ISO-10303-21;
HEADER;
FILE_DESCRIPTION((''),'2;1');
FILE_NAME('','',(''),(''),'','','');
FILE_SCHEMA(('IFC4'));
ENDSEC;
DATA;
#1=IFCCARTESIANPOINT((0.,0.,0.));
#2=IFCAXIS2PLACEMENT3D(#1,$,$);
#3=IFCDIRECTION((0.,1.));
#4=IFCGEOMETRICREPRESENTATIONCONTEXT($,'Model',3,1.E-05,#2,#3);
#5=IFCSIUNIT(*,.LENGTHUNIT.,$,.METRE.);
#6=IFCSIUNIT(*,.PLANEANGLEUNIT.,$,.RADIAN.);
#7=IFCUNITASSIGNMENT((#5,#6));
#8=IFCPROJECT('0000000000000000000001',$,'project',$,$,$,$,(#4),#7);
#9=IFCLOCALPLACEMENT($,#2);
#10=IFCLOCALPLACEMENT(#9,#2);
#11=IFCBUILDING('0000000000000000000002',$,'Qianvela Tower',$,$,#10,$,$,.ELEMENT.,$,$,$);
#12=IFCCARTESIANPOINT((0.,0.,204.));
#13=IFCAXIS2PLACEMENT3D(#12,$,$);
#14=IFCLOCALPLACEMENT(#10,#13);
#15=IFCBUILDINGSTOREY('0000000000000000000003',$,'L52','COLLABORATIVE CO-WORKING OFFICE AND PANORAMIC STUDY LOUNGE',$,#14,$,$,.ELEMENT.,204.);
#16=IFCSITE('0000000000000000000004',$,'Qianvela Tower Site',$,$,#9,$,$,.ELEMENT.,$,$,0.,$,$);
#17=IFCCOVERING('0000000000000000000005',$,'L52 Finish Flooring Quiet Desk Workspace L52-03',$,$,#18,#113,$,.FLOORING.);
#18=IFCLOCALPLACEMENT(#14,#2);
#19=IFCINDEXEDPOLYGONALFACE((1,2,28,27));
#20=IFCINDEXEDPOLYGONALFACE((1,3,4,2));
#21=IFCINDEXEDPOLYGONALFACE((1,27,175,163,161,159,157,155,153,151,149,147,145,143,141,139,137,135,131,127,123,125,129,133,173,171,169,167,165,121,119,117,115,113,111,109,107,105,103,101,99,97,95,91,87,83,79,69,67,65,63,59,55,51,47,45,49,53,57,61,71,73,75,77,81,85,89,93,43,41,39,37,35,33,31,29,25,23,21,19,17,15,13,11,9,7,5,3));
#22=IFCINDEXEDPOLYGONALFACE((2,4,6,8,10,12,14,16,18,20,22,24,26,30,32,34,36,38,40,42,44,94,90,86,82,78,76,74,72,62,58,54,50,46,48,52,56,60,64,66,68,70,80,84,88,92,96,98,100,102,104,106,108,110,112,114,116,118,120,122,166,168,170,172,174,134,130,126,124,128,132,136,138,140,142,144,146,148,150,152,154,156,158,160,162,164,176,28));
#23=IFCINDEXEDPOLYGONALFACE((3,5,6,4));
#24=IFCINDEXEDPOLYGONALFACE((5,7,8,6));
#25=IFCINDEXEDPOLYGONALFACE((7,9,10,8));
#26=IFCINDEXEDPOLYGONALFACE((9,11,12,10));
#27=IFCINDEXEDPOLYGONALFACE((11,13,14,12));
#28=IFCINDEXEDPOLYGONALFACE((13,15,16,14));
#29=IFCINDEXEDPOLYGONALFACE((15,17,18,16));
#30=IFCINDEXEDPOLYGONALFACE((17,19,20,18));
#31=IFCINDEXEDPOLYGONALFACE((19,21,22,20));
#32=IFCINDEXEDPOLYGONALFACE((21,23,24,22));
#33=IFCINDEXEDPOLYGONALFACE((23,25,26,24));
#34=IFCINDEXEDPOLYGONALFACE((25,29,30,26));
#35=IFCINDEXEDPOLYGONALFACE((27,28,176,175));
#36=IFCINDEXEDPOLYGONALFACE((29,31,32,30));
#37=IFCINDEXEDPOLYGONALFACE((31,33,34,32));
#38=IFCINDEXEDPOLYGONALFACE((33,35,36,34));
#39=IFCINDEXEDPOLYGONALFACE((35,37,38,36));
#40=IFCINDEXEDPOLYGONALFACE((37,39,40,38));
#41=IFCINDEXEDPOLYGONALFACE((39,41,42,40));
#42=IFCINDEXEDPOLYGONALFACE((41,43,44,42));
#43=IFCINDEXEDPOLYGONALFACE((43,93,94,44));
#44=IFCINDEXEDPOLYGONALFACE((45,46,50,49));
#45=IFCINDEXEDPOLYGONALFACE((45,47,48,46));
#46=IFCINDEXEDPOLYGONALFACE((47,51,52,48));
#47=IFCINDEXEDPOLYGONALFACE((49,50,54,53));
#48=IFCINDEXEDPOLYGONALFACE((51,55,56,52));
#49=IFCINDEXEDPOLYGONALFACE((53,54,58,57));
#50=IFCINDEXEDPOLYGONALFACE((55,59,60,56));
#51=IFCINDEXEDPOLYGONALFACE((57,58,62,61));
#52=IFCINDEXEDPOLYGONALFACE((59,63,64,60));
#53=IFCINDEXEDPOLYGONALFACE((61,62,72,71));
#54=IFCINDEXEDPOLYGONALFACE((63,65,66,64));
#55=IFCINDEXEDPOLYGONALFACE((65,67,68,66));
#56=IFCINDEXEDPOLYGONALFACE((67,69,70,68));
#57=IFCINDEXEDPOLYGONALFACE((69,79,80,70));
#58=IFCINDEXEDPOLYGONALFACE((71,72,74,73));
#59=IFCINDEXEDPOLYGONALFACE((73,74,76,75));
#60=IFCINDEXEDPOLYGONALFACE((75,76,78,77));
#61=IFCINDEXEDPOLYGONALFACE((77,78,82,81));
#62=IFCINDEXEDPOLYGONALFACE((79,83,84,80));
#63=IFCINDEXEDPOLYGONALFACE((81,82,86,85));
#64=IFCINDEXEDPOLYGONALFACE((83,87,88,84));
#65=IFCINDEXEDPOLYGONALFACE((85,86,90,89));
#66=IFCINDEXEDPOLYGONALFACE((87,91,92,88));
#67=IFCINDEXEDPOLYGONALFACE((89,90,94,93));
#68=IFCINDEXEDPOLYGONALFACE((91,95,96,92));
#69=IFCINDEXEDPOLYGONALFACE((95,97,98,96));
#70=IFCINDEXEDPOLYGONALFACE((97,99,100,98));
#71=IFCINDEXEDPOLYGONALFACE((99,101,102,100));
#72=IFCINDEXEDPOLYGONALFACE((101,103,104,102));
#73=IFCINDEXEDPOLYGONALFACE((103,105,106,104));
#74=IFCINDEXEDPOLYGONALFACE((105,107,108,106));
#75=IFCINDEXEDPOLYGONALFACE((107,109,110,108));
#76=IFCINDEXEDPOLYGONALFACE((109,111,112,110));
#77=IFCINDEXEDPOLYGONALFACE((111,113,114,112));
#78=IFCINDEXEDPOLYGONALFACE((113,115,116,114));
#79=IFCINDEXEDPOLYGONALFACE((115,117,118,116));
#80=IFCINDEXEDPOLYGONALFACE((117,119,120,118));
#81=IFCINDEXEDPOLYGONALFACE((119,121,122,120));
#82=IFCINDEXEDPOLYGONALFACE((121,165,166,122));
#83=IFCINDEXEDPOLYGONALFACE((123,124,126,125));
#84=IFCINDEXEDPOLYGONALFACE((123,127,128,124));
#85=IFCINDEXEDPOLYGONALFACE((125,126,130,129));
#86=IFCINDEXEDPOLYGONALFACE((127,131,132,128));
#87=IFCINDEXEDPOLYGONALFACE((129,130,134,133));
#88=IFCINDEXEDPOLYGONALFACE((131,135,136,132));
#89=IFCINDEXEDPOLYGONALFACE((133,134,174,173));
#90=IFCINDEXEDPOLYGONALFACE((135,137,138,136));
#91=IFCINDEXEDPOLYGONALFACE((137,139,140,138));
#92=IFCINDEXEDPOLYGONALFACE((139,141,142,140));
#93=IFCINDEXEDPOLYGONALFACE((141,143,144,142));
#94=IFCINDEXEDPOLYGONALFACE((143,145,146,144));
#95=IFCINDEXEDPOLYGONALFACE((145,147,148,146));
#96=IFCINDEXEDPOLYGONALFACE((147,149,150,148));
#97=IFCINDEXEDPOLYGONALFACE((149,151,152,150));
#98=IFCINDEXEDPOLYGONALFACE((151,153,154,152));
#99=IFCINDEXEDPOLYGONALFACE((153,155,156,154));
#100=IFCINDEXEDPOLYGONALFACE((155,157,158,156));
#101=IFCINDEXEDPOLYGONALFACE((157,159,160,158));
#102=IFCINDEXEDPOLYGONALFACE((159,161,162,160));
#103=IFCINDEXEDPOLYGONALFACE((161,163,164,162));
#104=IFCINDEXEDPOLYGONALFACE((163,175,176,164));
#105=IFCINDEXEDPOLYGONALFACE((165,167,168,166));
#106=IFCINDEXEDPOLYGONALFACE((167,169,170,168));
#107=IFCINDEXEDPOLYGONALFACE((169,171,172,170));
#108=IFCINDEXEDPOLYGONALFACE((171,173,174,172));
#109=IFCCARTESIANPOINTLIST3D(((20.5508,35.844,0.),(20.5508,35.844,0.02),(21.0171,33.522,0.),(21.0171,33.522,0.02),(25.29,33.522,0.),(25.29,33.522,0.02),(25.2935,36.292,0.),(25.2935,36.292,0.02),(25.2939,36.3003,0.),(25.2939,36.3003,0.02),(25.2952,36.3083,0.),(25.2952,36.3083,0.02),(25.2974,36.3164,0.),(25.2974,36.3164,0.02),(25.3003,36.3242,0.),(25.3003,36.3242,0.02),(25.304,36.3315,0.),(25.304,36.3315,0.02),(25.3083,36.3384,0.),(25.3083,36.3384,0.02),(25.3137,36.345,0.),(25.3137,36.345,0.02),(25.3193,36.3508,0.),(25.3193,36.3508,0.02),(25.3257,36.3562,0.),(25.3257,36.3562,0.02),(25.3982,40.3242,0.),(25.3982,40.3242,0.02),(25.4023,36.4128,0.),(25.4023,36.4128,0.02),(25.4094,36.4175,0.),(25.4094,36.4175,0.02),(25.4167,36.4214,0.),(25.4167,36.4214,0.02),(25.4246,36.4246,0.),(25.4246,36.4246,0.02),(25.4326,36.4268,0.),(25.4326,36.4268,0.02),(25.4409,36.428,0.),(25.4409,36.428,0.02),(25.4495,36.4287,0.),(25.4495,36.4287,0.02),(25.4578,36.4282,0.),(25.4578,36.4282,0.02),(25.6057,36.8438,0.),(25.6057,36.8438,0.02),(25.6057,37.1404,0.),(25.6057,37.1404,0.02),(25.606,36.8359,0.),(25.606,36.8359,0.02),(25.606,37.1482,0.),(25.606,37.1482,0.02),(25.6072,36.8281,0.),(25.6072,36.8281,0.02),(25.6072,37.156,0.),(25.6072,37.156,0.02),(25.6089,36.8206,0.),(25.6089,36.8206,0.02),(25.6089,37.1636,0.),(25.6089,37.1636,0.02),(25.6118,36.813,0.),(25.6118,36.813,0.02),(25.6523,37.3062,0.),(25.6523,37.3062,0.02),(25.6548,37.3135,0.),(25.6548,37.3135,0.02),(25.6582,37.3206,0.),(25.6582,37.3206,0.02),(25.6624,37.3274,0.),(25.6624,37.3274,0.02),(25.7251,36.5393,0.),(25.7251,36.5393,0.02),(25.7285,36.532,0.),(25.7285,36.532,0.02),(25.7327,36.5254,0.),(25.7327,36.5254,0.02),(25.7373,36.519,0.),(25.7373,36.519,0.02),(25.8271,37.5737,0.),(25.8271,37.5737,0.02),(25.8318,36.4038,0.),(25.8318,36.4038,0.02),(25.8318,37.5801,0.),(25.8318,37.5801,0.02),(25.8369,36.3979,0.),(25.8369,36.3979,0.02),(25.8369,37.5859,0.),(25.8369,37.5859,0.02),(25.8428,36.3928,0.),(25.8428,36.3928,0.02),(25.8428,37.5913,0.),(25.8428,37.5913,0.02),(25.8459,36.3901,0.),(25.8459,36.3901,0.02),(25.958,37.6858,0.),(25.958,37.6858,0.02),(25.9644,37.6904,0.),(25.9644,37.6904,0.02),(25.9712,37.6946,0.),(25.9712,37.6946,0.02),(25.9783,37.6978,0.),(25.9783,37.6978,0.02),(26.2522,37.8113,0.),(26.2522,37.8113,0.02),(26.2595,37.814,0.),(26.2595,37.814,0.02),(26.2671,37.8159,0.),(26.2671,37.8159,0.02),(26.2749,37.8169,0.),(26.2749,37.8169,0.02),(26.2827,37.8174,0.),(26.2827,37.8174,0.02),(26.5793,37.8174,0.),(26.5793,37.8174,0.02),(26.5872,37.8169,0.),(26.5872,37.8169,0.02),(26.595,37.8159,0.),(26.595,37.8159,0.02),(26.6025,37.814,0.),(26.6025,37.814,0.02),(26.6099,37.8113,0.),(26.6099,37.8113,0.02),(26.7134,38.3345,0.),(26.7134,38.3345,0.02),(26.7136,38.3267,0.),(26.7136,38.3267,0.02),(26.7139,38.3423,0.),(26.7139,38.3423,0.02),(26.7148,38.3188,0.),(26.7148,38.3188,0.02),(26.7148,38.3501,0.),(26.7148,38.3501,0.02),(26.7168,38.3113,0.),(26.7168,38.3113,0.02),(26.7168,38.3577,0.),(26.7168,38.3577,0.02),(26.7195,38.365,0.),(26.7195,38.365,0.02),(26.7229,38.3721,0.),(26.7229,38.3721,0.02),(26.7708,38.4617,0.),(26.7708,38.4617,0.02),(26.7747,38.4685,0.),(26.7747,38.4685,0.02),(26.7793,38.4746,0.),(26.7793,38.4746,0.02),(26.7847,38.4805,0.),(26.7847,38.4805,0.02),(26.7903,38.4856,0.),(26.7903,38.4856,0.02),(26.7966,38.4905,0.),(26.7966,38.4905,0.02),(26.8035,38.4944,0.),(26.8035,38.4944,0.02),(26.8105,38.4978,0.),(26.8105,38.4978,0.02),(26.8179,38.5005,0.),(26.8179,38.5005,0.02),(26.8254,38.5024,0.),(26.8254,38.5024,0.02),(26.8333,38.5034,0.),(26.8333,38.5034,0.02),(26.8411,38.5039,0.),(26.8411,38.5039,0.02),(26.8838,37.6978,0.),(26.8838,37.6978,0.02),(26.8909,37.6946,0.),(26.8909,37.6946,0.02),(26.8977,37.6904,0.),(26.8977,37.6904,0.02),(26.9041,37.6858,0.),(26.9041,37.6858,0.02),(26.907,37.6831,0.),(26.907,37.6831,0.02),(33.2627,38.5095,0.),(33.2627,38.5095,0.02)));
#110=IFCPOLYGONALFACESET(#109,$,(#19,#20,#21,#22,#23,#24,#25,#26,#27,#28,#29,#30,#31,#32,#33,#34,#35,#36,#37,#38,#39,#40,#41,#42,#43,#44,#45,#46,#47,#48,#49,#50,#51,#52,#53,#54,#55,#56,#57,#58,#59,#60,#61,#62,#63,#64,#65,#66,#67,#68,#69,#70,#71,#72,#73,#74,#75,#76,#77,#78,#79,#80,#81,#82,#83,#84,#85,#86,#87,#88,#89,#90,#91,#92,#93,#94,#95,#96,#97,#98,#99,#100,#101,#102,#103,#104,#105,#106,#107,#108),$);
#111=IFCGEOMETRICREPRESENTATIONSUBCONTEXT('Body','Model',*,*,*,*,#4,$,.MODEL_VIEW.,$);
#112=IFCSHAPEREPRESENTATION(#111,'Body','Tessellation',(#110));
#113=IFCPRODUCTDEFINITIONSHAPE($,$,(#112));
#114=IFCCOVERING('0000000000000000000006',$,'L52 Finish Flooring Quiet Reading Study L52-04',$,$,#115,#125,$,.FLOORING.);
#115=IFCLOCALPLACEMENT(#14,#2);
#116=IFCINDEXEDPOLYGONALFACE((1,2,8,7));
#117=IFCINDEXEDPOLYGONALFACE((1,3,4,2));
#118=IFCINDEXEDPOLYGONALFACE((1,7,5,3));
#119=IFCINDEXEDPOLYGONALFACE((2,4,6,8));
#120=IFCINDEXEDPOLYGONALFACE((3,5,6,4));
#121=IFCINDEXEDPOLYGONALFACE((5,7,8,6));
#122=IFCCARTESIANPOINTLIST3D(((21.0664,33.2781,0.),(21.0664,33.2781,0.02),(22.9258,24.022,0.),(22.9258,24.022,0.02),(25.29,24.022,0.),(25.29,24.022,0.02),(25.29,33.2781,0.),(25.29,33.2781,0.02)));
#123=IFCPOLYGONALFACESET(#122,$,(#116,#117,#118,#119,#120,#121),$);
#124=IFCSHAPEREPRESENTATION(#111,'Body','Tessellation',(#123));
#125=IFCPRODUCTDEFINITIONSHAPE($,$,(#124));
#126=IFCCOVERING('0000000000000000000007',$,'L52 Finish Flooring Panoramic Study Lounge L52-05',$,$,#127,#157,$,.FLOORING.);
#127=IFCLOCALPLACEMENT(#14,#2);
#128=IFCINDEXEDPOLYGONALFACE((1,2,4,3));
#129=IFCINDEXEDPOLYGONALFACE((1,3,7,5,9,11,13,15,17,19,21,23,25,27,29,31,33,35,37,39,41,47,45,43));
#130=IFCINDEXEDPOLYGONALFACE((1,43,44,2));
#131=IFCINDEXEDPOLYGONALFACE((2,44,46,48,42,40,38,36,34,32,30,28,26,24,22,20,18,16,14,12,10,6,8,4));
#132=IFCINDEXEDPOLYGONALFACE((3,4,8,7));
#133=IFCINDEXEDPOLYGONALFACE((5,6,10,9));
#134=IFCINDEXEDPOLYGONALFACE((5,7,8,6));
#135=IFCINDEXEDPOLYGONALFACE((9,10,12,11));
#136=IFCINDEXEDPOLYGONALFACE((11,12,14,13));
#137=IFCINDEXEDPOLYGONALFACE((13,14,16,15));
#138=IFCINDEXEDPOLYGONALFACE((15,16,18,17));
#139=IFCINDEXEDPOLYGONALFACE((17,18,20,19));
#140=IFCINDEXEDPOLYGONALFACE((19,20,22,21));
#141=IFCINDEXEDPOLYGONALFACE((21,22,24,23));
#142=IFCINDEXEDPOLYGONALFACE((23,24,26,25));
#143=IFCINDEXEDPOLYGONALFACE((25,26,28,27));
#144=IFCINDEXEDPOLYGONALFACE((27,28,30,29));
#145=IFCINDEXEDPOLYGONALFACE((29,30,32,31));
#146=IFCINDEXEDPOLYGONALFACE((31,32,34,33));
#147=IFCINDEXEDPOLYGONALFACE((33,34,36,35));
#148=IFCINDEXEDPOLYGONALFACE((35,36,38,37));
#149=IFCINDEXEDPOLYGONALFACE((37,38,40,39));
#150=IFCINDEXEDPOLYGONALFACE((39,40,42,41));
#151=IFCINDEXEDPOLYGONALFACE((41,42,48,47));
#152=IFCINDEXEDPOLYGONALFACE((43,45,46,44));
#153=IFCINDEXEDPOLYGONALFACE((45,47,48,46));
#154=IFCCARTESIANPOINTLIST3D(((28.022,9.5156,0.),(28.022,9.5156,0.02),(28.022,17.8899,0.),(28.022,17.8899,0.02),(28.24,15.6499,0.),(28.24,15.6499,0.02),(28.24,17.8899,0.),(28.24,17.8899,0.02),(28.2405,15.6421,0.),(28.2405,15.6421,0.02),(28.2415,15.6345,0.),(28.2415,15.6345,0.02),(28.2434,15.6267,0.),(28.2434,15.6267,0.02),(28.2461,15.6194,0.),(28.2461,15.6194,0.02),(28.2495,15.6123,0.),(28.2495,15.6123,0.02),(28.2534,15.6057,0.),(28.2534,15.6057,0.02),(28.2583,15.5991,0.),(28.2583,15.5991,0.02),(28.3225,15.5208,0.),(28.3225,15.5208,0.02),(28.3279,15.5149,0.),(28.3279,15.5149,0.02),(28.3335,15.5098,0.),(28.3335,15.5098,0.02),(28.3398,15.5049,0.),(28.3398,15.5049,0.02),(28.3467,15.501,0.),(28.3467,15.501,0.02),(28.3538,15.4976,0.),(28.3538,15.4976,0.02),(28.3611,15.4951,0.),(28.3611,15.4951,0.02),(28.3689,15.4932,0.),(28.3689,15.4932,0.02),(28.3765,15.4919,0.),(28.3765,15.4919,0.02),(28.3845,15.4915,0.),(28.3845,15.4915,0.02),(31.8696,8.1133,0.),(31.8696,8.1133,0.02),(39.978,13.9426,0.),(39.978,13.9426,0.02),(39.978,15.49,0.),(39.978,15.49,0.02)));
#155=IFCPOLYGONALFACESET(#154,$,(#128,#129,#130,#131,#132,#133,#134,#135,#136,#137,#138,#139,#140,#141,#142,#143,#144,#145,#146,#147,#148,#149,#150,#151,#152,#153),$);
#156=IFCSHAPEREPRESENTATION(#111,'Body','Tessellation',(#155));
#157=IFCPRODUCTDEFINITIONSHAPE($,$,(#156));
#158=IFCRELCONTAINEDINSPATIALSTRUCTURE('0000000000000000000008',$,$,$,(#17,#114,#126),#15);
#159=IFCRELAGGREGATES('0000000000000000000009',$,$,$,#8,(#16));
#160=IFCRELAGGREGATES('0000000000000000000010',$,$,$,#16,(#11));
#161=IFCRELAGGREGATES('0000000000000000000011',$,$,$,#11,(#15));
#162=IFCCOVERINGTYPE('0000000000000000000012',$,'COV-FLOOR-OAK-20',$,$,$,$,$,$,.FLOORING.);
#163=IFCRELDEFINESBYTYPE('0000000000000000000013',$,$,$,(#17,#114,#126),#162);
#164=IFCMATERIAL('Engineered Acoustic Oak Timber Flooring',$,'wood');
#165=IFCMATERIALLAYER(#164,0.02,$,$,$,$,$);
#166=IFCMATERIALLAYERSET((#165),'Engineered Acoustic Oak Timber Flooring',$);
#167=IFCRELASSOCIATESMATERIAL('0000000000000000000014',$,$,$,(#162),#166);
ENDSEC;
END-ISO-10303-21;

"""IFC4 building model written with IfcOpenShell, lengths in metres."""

from ifc_helpers import new_model, si_unit, direction, frame, origin, place, context, subcontext, project, spatial, polyline, outline, extrude, material, layer, layer_set, type_object, element, save


model = new_model("IFC4")

# Units and contexts
model_context = context("Model", 3, precision=1e-05, world=origin(), true_north=direction((0.0, 1.0)))
body_context = subcontext(model_context, "Body", "Model", "MODEL_VIEW")
ifc_project = project(units=[si_unit("LENGTHUNIT", "METRE"), si_unit("PLANEANGLEUNIT", "RADIAN")], contexts=[model_context])

# Site, building, storey
site_placement = place(None, origin())
site = spatial("IfcSite", under=ifc_project, at=site_placement, Name="Qianvela Tower Site", CompositionType="ELEMENT", RefElevation=0.0)
building_placement = place(site_placement, origin())
building = spatial("IfcBuilding", under=site, at=building_placement, Name="Qianvela Tower", CompositionType="ELEMENT")
storey_placement = place(building_placement, frame((0.0, 0.0, 204.0)))
storey = spatial("IfcBuildingStorey", under=building, at=storey_placement, Name="L52", Description="COLLABORATIVE CO-WORKING OFFICE AND PANORAMIC STUDY LOUNGE", CompositionType="ELEMENT", Elevation=204.0)

# Coverings
ifc_material_1 = material(Name="Engineered Acoustic Oak Timber Flooring", Category="wood")
ifc_layer_1 = layer(ifc_material_1, 0.02)
ifc_layer_set_1 = layer_set([ifc_layer_1], Name="Engineered Acoustic Oak Timber Flooring")
covering_type_1 = type_object("IfcCoveringType", Name="COV-FLOOR-OAK-20", PredefinedType="FLOORING", material=ifc_layer_set_1)
covering_1_placement = place(storey_placement, origin())
element("IfcCovering", 1, at=covering_1_placement, inside=storey, type_object=covering_type_1, Name="L52 Finish Flooring Quiet Desk Workspace L52-03", PredefinedType="FLOORING", context=body_context, shape_type="SweptSolid", body=[
    extrude(outline(polyline([(25.8459, 36.3901), (25.4578, 36.4282), (25.4495, 36.4287), (25.4409, 36.428), (25.4326, 36.4268), (25.4246, 36.4246), (25.4167, 36.4214), (25.4094, 36.4175), (25.4023, 36.4128), (25.3257, 36.3562), (25.3193, 36.3508), (25.3137, 36.345), (25.3083, 36.3384), (25.304, 36.3315), (25.3003, 36.3242), (25.2974, 36.3164), (25.2952, 36.3083), (25.2939, 36.3003), (25.2935, 36.292), (25.29, 33.522), (21.0171, 33.522), (20.5508, 35.844), (25.3982, 40.3242), (33.2627, 38.5095), (26.8411, 38.5039), (26.8333, 38.5034), (26.8254, 38.5024), (26.8179, 38.5005), (26.8105, 38.4978), (26.8035, 38.4944), (26.7966, 38.4905), (26.7903, 38.4856), (26.7847, 38.4805), (26.7793, 38.4746), (26.7747, 38.4685), (26.7708, 38.4617), (26.7229, 38.3721), (26.7195, 38.365), (26.7168, 38.3577), (26.7148, 38.3501), (26.7139, 38.3423), (26.7134, 38.3345), (26.7136, 38.3267), (26.7148, 38.3188), (26.7168, 38.3113), (26.907, 37.6831), (26.9041, 37.6858), (26.8977, 37.6904), (26.8909, 37.6946), (26.8838, 37.6978), (26.6099, 37.8113), (26.6025, 37.814), (26.595, 37.8159), (26.5872, 37.8169), (26.5793, 37.8174), (26.2827, 37.8174), (26.2749, 37.8169), (26.2671, 37.8159), (26.2595, 37.814), (26.2522, 37.8113), (25.9783, 37.6978), (25.9712, 37.6946), (25.9644, 37.6904), (25.958, 37.6858), (25.8428, 37.5913), (25.8369, 37.5859), (25.8318, 37.5801), (25.8271, 37.5737), (25.6624, 37.3274), (25.6582, 37.3206), (25.6548, 37.3135), (25.6523, 37.3062), (25.6089, 37.1636), (25.6072, 37.156), (25.606, 37.1482), (25.6057, 37.1404), (25.6057, 36.8438), (25.606, 36.8359), (25.6072, 36.8281), (25.6089, 36.8206), (25.6118, 36.813), (25.7251, 36.5393), (25.7285, 36.532), (25.7327, 36.5254), (25.7373, 36.519), (25.8318, 36.4038), (25.8369, 36.3979), (25.8428, 36.3928), (25.8459, 36.3901)])), origin(), (0.0, 0.0, 1.0), 0.02),
])
covering_2_placement = place(storey_placement, origin())
element("IfcCovering", 2, at=covering_2_placement, inside=storey, type_object=covering_type_1, Name="L52 Finish Flooring Quiet Reading Study L52-04", PredefinedType="FLOORING", context=body_context, shape_type="SweptSolid", body=[
    extrude(outline(polyline([(25.29, 33.2781), (25.29, 24.022), (22.9258, 24.022), (21.0664, 33.2781), (25.29, 33.2781)])), origin(), (0.0, 0.0, 1.0), 0.02),
])
covering_3_placement = place(storey_placement, origin())
element("IfcCovering", 3, at=covering_3_placement, inside=storey, type_object=covering_type_1, Name="L52 Finish Flooring Panoramic Study Lounge L52-05", PredefinedType="FLOORING", context=body_context, shape_type="SweptSolid", body=[
    extrude(outline(polyline([(28.022, 17.8899), (28.24, 17.8899), (28.24, 15.6499), (28.2405, 15.6421), (28.2415, 15.6345), (28.2434, 15.6267), (28.2461, 15.6194), (28.2495, 15.6123), (28.2534, 15.6057), (28.2583, 15.5991), (28.3225, 15.5208), (28.3279, 15.5149), (28.3335, 15.5098), (28.3398, 15.5049), (28.3467, 15.501), (28.3538, 15.4976), (28.3611, 15.4951), (28.3689, 15.4932), (28.3765, 15.4919), (28.3845, 15.4915), (39.978, 15.49), (39.978, 13.9426), (31.8696, 8.1133), (28.022, 9.5156), (28.022, 17.8899)])), origin(), (0.0, 0.0, 1.0), 0.02),
])

save(model, "model.ifc")
